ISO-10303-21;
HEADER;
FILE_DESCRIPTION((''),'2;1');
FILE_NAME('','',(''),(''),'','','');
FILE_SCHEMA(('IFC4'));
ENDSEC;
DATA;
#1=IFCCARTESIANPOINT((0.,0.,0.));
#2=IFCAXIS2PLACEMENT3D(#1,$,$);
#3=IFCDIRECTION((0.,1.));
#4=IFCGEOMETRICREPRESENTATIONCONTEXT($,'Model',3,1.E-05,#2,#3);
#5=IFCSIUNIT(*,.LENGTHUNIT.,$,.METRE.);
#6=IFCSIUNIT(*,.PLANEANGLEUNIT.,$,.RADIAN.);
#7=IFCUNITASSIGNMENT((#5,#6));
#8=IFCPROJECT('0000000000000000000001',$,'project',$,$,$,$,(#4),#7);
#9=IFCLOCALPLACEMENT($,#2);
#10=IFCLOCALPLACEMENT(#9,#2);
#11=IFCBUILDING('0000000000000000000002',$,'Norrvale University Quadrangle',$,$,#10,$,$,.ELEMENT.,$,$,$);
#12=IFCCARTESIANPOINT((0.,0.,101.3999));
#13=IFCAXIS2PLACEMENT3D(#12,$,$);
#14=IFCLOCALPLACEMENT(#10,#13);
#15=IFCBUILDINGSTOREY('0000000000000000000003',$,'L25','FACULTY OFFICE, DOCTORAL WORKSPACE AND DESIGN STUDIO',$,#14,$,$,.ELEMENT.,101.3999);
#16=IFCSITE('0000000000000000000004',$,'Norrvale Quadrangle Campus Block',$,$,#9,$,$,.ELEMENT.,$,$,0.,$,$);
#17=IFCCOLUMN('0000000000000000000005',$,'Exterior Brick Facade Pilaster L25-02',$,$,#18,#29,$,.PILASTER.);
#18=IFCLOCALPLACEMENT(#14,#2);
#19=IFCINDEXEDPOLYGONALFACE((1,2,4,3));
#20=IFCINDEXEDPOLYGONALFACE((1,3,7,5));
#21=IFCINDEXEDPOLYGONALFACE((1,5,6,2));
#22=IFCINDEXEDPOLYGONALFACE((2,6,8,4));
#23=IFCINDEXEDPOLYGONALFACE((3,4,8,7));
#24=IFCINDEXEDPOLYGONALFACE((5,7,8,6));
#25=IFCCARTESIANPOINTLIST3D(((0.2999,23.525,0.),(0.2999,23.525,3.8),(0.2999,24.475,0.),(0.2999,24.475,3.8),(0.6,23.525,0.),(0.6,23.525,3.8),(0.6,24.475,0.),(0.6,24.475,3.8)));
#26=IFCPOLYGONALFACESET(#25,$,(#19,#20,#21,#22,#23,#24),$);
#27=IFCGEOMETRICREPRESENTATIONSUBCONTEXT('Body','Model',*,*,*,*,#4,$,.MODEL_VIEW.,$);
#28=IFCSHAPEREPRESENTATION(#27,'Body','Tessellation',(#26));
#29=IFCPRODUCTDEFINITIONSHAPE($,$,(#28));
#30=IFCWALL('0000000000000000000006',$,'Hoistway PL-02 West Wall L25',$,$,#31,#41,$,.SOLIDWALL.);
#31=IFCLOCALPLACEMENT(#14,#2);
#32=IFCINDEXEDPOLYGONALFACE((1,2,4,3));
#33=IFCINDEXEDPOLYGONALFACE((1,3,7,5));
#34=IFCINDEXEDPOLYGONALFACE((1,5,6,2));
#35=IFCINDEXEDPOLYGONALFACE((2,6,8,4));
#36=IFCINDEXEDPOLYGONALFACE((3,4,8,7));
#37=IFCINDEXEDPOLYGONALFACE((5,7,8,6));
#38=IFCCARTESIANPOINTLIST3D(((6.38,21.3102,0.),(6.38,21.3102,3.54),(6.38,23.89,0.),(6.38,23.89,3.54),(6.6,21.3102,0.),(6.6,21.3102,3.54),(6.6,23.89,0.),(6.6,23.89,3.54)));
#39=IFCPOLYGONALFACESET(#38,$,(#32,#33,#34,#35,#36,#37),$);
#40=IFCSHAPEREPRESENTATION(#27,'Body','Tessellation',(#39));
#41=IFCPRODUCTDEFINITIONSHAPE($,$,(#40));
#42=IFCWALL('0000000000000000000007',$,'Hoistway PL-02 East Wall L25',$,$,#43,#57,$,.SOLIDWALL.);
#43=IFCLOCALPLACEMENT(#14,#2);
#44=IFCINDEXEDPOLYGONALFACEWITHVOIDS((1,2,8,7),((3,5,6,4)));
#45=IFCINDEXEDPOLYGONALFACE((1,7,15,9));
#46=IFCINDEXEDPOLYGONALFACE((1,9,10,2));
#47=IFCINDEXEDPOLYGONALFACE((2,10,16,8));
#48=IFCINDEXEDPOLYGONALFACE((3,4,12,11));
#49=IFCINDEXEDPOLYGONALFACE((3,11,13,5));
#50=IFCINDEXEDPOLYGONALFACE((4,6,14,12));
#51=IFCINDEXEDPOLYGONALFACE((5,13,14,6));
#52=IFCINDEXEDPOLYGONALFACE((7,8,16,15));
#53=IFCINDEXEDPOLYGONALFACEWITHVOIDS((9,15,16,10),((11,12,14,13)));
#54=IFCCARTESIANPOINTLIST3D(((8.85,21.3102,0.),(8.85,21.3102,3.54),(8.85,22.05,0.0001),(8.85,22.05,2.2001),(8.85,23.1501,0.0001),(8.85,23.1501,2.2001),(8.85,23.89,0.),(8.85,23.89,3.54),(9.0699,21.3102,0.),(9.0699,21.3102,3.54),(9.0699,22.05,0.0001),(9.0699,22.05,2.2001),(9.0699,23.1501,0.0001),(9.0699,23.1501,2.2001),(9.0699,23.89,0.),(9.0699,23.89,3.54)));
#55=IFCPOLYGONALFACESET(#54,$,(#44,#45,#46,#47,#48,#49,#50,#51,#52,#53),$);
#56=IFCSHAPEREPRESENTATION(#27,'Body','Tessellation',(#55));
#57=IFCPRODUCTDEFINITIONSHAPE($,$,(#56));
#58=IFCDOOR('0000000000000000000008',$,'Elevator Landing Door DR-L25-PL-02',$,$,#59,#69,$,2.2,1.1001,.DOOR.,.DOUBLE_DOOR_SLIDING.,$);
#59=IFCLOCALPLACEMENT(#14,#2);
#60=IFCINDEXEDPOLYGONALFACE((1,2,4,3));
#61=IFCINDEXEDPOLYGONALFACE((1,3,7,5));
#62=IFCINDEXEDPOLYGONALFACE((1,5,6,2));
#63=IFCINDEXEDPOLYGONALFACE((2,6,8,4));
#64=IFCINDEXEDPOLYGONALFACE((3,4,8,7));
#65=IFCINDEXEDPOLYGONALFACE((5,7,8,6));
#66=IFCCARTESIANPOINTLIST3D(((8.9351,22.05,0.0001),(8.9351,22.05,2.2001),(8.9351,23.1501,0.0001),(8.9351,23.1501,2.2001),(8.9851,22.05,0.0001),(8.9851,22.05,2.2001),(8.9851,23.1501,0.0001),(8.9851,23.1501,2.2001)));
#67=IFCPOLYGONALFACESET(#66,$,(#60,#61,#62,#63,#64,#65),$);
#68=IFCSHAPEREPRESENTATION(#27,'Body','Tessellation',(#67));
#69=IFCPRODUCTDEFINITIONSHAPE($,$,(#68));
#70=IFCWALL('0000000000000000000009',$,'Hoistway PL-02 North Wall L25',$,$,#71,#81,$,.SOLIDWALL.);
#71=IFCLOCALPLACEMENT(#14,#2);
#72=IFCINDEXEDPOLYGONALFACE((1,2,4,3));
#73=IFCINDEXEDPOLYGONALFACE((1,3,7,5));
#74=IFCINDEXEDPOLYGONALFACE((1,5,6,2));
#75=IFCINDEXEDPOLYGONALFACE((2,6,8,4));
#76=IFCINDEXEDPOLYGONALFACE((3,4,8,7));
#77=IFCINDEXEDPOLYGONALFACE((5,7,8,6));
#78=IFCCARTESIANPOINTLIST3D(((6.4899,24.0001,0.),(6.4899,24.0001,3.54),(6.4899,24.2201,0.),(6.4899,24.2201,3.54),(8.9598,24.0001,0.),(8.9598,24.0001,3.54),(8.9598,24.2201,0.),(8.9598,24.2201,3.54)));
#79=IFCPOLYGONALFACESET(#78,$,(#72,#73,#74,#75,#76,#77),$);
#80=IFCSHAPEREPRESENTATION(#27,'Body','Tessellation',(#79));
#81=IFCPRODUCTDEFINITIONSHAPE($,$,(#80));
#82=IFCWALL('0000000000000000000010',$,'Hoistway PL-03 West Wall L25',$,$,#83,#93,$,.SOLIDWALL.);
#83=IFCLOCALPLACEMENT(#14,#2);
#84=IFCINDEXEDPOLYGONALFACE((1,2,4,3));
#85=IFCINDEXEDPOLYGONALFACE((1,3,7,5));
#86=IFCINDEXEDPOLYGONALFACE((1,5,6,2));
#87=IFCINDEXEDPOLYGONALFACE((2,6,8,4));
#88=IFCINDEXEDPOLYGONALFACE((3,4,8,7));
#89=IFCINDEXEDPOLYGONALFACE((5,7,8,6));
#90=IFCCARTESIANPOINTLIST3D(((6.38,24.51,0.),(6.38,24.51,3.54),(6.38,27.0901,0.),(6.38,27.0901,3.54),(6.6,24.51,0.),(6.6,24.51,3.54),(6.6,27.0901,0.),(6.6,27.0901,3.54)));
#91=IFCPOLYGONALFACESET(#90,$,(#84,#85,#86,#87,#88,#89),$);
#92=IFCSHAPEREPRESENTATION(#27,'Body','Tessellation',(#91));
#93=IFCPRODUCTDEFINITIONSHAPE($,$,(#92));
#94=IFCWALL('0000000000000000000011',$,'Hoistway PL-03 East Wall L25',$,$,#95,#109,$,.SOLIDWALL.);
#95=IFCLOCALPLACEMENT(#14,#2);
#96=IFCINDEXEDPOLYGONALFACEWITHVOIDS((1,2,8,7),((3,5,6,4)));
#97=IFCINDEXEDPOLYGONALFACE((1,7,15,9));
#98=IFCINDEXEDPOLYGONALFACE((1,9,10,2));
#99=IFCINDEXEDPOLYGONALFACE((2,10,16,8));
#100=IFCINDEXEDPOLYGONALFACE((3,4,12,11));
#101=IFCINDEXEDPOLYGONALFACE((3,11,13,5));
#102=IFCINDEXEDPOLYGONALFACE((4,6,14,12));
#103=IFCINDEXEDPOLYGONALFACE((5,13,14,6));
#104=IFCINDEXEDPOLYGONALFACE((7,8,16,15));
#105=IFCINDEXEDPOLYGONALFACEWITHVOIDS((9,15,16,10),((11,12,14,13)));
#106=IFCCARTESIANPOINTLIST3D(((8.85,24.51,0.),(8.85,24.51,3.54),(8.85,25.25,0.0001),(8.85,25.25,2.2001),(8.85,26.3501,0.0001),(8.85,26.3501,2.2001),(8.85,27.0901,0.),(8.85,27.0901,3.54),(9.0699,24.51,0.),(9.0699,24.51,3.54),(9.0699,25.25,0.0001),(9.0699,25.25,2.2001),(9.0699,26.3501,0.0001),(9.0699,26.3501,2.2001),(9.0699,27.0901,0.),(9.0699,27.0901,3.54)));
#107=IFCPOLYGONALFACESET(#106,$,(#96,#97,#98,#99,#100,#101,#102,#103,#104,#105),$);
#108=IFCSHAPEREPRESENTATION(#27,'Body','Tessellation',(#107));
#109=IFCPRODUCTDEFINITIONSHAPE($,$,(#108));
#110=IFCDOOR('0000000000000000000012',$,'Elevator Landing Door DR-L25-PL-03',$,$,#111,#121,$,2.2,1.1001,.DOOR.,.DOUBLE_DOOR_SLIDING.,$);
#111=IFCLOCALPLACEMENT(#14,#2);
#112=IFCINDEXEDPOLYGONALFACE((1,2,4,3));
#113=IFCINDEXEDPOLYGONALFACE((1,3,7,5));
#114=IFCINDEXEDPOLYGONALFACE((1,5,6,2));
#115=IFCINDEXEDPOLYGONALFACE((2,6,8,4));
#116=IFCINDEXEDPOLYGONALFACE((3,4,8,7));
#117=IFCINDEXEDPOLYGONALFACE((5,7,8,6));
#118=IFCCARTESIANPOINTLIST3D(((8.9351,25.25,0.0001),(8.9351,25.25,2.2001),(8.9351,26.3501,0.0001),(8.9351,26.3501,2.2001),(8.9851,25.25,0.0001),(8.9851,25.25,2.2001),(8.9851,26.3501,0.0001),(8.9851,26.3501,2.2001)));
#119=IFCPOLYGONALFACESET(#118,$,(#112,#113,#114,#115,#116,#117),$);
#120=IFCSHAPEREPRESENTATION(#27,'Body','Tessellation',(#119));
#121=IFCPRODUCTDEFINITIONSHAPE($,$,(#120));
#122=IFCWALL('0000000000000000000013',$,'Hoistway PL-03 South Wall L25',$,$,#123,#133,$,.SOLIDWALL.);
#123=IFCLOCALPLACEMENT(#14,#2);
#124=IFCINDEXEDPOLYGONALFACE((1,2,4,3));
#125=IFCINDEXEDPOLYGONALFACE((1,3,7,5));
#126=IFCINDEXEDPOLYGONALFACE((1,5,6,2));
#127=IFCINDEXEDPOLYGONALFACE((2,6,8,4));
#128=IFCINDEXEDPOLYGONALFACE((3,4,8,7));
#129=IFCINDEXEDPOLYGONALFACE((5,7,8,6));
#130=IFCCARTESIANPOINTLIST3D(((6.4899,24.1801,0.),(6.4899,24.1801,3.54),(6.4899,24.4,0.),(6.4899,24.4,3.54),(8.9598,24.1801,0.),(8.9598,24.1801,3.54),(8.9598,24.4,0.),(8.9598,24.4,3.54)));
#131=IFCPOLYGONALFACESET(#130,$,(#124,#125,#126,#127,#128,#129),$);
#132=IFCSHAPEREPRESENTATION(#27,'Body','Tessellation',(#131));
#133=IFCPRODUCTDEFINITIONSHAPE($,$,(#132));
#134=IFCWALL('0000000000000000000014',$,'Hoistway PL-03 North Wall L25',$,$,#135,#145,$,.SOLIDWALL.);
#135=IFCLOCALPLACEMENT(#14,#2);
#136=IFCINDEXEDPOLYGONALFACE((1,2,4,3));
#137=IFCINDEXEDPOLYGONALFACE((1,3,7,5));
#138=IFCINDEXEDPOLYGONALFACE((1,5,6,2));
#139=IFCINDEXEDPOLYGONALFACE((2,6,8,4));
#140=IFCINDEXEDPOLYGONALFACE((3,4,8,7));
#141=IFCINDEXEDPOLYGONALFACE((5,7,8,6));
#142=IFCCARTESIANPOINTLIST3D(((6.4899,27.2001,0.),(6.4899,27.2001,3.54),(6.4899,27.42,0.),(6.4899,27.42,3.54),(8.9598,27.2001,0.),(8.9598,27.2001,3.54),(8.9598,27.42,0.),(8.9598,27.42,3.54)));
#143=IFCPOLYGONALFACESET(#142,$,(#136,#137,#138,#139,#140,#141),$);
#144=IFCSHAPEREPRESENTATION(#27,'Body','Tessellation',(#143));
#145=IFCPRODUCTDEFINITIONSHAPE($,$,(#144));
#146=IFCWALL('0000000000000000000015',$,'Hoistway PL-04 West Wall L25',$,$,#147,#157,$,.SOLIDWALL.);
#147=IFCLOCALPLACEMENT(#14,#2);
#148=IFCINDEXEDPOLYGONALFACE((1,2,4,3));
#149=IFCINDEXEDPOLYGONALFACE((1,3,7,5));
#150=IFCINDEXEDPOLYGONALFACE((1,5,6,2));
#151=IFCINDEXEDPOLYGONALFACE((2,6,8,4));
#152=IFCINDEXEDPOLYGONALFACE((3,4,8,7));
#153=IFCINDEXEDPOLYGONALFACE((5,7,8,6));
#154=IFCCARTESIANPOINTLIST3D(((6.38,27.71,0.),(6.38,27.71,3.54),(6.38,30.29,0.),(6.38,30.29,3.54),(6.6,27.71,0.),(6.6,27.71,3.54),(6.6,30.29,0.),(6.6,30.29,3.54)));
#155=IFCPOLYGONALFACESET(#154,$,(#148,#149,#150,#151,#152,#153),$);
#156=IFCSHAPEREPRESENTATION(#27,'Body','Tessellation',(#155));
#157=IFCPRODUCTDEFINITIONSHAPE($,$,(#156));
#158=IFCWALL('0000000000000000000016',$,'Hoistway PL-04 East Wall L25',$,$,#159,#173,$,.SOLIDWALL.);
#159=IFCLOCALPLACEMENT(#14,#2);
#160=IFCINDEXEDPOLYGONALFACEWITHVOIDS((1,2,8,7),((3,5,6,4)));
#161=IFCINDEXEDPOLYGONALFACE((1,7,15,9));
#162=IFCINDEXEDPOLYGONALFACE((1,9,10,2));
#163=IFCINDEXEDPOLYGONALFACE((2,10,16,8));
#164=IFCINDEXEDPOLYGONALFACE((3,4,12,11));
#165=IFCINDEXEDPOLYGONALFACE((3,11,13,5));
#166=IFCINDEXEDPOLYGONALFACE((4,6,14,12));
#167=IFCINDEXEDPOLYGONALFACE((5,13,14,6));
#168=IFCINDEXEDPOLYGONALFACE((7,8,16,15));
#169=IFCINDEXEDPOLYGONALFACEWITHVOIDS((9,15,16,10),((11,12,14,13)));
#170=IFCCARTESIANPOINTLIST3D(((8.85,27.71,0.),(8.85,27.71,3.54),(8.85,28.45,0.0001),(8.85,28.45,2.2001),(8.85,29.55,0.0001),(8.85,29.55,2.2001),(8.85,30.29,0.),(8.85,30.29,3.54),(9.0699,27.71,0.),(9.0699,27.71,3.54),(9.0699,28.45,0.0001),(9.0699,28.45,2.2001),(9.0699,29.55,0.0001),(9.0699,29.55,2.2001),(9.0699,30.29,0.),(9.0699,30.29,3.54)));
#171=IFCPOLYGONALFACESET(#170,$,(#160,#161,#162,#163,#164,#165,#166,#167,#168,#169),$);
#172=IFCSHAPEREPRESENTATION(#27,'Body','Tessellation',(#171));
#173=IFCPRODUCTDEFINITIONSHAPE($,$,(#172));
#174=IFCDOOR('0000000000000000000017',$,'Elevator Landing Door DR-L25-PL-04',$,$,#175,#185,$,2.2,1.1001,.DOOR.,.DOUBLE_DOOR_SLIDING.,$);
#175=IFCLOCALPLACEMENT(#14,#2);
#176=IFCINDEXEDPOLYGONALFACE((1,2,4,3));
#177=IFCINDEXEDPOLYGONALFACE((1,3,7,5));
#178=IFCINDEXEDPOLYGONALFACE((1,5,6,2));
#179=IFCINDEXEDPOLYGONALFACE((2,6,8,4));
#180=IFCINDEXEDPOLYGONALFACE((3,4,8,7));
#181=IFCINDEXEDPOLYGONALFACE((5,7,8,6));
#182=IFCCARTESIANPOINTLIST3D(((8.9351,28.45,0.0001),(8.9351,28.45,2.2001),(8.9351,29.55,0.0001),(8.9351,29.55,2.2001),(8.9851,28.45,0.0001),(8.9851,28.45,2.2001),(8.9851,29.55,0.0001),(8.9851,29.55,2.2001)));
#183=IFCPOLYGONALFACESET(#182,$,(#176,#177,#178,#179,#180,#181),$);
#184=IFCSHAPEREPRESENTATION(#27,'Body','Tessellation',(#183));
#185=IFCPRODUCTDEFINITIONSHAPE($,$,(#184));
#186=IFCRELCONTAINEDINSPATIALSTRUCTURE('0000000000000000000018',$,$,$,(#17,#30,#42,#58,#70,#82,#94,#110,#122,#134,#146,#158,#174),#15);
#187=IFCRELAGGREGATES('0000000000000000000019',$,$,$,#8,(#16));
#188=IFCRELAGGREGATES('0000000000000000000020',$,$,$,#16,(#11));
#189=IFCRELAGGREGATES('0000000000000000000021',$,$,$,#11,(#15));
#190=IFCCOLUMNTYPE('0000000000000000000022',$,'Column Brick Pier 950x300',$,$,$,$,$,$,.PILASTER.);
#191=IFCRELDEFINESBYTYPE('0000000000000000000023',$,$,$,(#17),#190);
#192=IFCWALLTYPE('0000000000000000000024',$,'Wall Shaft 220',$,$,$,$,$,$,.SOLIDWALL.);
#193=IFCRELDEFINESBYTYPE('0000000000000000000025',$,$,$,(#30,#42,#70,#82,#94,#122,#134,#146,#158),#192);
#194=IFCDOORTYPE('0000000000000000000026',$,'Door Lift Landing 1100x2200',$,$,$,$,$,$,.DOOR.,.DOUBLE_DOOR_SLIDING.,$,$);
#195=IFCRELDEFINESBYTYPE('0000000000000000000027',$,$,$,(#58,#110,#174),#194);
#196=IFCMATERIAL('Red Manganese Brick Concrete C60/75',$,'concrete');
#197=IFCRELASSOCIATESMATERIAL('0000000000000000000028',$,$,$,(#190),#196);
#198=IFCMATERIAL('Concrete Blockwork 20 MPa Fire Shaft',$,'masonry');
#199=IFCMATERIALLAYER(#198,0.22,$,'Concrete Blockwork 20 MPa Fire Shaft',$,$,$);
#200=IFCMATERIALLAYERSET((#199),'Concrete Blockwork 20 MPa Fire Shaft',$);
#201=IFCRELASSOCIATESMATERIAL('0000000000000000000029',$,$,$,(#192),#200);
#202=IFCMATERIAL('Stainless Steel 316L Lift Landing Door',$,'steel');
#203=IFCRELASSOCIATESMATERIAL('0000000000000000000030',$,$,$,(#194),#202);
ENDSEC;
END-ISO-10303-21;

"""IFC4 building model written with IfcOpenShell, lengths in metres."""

from ifc_helpers import new_model, si_unit, direction, frame, frame_2d, origin, origin_2d, place, context, subcontext, project, spatial, rectangle, extrude, material, layer, layer_set, material_profile, profile_set, type_object, element, fill, save


model = new_model("IFC4")

# Units and contexts
model_context = context("Model", 3, precision=1e-05, world=origin(), true_north=direction((0.0, 1.0)))
body_context = subcontext(model_context, "Body", "Model", "MODEL_VIEW")
ifc_project = project(units=[si_unit("LENGTHUNIT", "METRE"), si_unit("PLANEANGLEUNIT", "RADIAN")], contexts=[model_context])

# Site, building, storey
site_placement = place(None, origin())
site = spatial("IfcSite", under=ifc_project, at=site_placement, Name="Norrvale Quadrangle Campus Block", CompositionType="ELEMENT", RefElevation=0.0)
building_placement = place(site_placement, origin())
building = spatial("IfcBuilding", under=site, at=building_placement, Name="Norrvale University Quadrangle", CompositionType="ELEMENT")
storey_placement = place(building_placement, frame((0.0, 0.0, 101.3999)))
storey = spatial("IfcBuildingStorey", under=building, at=storey_placement, Name="L25", Description="FACULTY OFFICE, DOCTORAL WORKSPACE AND DESIGN STUDIO", CompositionType="ELEMENT", Elevation=101.3999)

# Column
ifc_material_1 = material(Name="Red Manganese Brick Concrete C60/75", Category="concrete")
ifc_material_profile = material_profile(ifc_material_1, rectangle(XDim=0.95, YDim=0.3, at=origin_2d()), Name="Red Manganese Brick Concrete C60/75")
ifc_profile_set = profile_set([ifc_material_profile], Name="Red Manganese Brick Concrete C60/75")
column_type = type_object("IfcColumnType", Name="Column Brick Pier 950x300", PredefinedType="PILASTER", material=ifc_profile_set)
column_placement = place(storey_placement, frame((0.45, 24.0, 0.0), z_axis=(0.0, 0.0, 1.0), x_axis=(0.0, 1.0, 0.0)))
element("IfcColumn", 1, at=column_placement, inside=storey, type_object=column_type, Name="Exterior Brick Facade Pilaster L25-02", PredefinedType="PILASTER", context=body_context, shape_type="SweptSolid", body=[
    extrude(rectangle(XDim=0.95, YDim=0.3, at=origin_2d()), origin(), (0.0, 0.0, 1.0), 3.8),
])

# Wall
ifc_material_2 = material(Name="Concrete Blockwork 20 MPa Fire Shaft", Category="masonry")
ifc_layer = layer(ifc_material_2, 0.22, Name="Concrete Blockwork 20 MPa Fire Shaft")
ifc_layer_set = layer_set([ifc_layer], Name="Concrete Blockwork 20 MPa Fire Shaft")
wall_type = type_object("IfcWallType", Name="Wall Shaft 220", PredefinedType="SOLIDWALL", material=ifc_layer_set)
wall_1_placement = place(storey_placement, frame((6.49, 21.3101, 0.0), z_axis=(0.0, 0.0, 1.0), x_axis=(0.0, 1.0, 0.0)))
element("IfcWall", 2, at=wall_1_placement, inside=storey, type_object=wall_type, Name="Hoistway PL-02 West Wall L25", PredefinedType="SOLIDWALL", context=body_context, shape_type="SweptSolid", body=[
    extrude(rectangle(XDim=2.5798, YDim=0.22, at=frame_2d((1.29, 0.0))), origin(), (0.0, 0.0, 1.0), 3.54),
])

# Wall, opening, door
wall_2_placement = place(storey_placement, frame((8.96, 21.3101, 0.0), z_axis=(0.0, 0.0, 1.0), x_axis=(0.0, 1.0, 0.0)))
wall_2 = element("IfcWall", 3, at=wall_2_placement, inside=storey, type_object=wall_type, Name="Hoistway PL-02 East Wall L25", PredefinedType="SOLIDWALL", context=body_context, shape_type="SweptSolid", body=[
    extrude(rectangle(XDim=2.5798, YDim=0.22, at=frame_2d((1.29, 0.0))), origin(), (0.0, 0.0, 1.0), 3.54),
])
opening_1_placement = place(wall_2_placement, frame((0.74, 0.0, 0.0)))
opening_1 = element("IfcOpeningElement", 4, at=opening_1_placement, cuts=wall_2, PredefinedType="OPENING", context=body_context, shape_type="SweptSolid", body=[
    extrude(rectangle(XDim=1.1001, YDim=2.2, at=frame_2d((0.55, 1.1001))), frame((0.0, 0.1221, 0.0), z_axis=(0.0, -1.0, 0.0), x_axis=(1.0, 0.0, 0.0)), (0.0, 0.0, 1.0), 0.2439),
])
ifc_material_3 = material(Name="Stainless Steel 316L Lift Landing Door", Category="steel")
door_type = type_object("IfcDoorType", Name="Door Lift Landing 1100x2200", OperationType="DOUBLE_DOOR_SLIDING", PredefinedType="DOOR", material=ifc_material_3)
door_1_placement = place(opening_1_placement, origin())
door_1 = element("IfcDoor", 5, at=door_1_placement, inside=storey, type_object=door_type, Name="Elevator Landing Door DR-L25-PL-02", OperationType="DOUBLE_DOOR_SLIDING", OverallHeight=2.2, OverallWidth=1.1001, PredefinedType="DOOR", context=body_context, shape_type="SweptSolid", body=[
    extrude(rectangle(XDim=1.1001, YDim=2.2, at=frame_2d((0.55, 1.1001))), frame((0.0, 0.0249, 0.0), z_axis=(0.0, -1.0, 0.0), x_axis=(1.0, 0.0, 0.0)), (0.0, 0.0, 1.0), 0.05),
])
fill(opening_1, door_1)

# Walls
wall_3_placement = place(storey_placement, frame((6.49, 24.1101, 0.0), z_axis=(0.0, 0.0, 1.0), x_axis=(1.0, 0.0, 0.0)))
element("IfcWall", 6, at=wall_3_placement, inside=storey, type_object=wall_type, Name="Hoistway PL-02 North Wall L25", PredefinedType="SOLIDWALL", context=body_context, shape_type="SweptSolid", body=[
    extrude(rectangle(XDim=2.47, YDim=0.22, at=frame_2d((1.2349, 0.0))), origin(), (0.0, 0.0, 1.0), 3.54),
])
wall_4_placement = place(storey_placement, frame((6.49, 24.51, 0.0), z_axis=(0.0, 0.0, 1.0), x_axis=(0.0, 1.0, 0.0)))
element("IfcWall", 7, at=wall_4_placement, inside=storey, type_object=wall_type, Name="Hoistway PL-03 West Wall L25", PredefinedType="SOLIDWALL", context=body_context, shape_type="SweptSolid", body=[
    extrude(rectangle(XDim=2.5801, YDim=0.22, at=frame_2d((1.29, 0.0))), origin(), (0.0, 0.0, 1.0), 3.54),
])

# Wall, opening, door
wall_5_placement = place(storey_placement, frame((8.96, 24.51, 0.0), z_axis=(0.0, 0.0, 1.0), x_axis=(0.0, 1.0, 0.0)))
wall_5 = element("IfcWall", 8, at=wall_5_placement, inside=storey, type_object=wall_type, Name="Hoistway PL-03 East Wall L25", PredefinedType="SOLIDWALL", context=body_context, shape_type="SweptSolid", body=[
    extrude(rectangle(XDim=2.5801, YDim=0.22, at=frame_2d((1.29, 0.0))), origin(), (0.0, 0.0, 1.0), 3.54),
])
opening_2_placement = place(wall_5_placement, frame((0.74, 0.0, 0.0)))
opening_2 = element("IfcOpeningElement", 9, at=opening_2_placement, cuts=wall_5, PredefinedType="OPENING", context=body_context, shape_type="SweptSolid", body=[
    extrude(rectangle(XDim=1.1001, YDim=2.2, at=frame_2d((0.55, 1.1001))), frame((0.0, 0.1221, 0.0), z_axis=(0.0, -1.0, 0.0), x_axis=(1.0, 0.0, 0.0)), (0.0, 0.0, 1.0), 0.2439),
])
door_2_placement = place(opening_2_placement, origin())
door_2 = element("IfcDoor", 10, at=door_2_placement, inside=storey, type_object=door_type, Name="Elevator Landing Door DR-L25-PL-03", OperationType="DOUBLE_DOOR_SLIDING", OverallHeight=2.2, OverallWidth=1.1001, PredefinedType="DOOR", context=body_context, shape_type="SweptSolid", body=[
    extrude(rectangle(XDim=1.1001, YDim=2.2, at=frame_2d((0.55, 1.1001))), frame((0.0, 0.0249, 0.0), z_axis=(0.0, -1.0, 0.0), x_axis=(1.0, 0.0, 0.0)), (0.0, 0.0, 1.0), 0.05),
])
fill(opening_2, door_2)

# Walls
for number, where, z_axis, x_axis, name in (
    (11, (6.49, 24.29, 0.0), (0.0, 0.0, 1.0), (1.0, 0.0, 0.0), "Hoistway PL-03 South Wall L25"),
    (12, (6.49, 27.3101, 0.0), (0.0, 0.0, 1.0), (1.0, 0.0, 0.0), "Hoistway PL-03 North Wall L25"),
):
    element("IfcWall", number, at=place(storey_placement, frame(where, z_axis=z_axis, x_axis=x_axis)), inside=storey, type_object=wall_type, Name=name, PredefinedType="SOLIDWALL", context=body_context, shape_type="SweptSolid", body=[
        extrude(rectangle(XDim=2.47, YDim=0.22, at=frame_2d((1.2349, 0.0))), origin(), (0.0, 0.0, 1.0), 3.54),
    ])
wall_6_placement = place(storey_placement, frame((6.49, 27.71, 0.0), z_axis=(0.0, 0.0, 1.0), x_axis=(0.0, 1.0, 0.0)))
element("IfcWall", 13, at=wall_6_placement, inside=storey, type_object=wall_type, Name="Hoistway PL-04 West Wall L25", PredefinedType="SOLIDWALL", context=body_context, shape_type="SweptSolid", body=[
    extrude(rectangle(XDim=2.5801, YDim=0.22, at=frame_2d((1.29, 0.0))), origin(), (0.0, 0.0, 1.0), 3.54),
])

# Wall, opening, door
wall_7_placement = place(storey_placement, frame((8.96, 27.71, 0.0), z_axis=(0.0, 0.0, 1.0), x_axis=(0.0, 1.0, 0.0)))
wall_7 = element("IfcWall", 14, at=wall_7_placement, inside=storey, type_object=wall_type, Name="Hoistway PL-04 East Wall L25", PredefinedType="SOLIDWALL", context=body_context, shape_type="SweptSolid", body=[
    extrude(rectangle(XDim=2.5801, YDim=0.22, at=frame_2d((1.29, 0.0))), origin(), (0.0, 0.0, 1.0), 3.54),
])
opening_3_placement = place(wall_7_placement, frame((0.74, 0.0, 0.0)))
opening_3 = element("IfcOpeningElement", 15, at=opening_3_placement, cuts=wall_7, PredefinedType="OPENING", context=body_context, shape_type="SweptSolid", body=[
    extrude(rectangle(XDim=1.1001, YDim=2.2, at=frame_2d((0.55, 1.1001))), frame((0.0, 0.1221, 0.0), z_axis=(0.0, -1.0, 0.0), x_axis=(1.0, 0.0, 0.0)), (0.0, 0.0, 1.0), 0.2439),
])
door_3_placement = place(opening_3_placement, origin())
door_3 = element("IfcDoor", 16, at=door_3_placement, inside=storey, type_object=door_type, Name="Elevator Landing Door DR-L25-PL-04", OperationType="DOUBLE_DOOR_SLIDING", OverallHeight=2.2, OverallWidth=1.1001, PredefinedType="DOOR", context=body_context, shape_type="SweptSolid", body=[
    extrude(rectangle(XDim=1.1001, YDim=2.2, at=frame_2d((0.55, 1.1001))), frame((0.0, 0.0249, 0.0), z_axis=(0.0, -1.0, 0.0), x_axis=(1.0, 0.0, 0.0)), (0.0, 0.0, 1.0), 0.05),
])
fill(opening_3, door_3)

save(model, "model.ifc")
